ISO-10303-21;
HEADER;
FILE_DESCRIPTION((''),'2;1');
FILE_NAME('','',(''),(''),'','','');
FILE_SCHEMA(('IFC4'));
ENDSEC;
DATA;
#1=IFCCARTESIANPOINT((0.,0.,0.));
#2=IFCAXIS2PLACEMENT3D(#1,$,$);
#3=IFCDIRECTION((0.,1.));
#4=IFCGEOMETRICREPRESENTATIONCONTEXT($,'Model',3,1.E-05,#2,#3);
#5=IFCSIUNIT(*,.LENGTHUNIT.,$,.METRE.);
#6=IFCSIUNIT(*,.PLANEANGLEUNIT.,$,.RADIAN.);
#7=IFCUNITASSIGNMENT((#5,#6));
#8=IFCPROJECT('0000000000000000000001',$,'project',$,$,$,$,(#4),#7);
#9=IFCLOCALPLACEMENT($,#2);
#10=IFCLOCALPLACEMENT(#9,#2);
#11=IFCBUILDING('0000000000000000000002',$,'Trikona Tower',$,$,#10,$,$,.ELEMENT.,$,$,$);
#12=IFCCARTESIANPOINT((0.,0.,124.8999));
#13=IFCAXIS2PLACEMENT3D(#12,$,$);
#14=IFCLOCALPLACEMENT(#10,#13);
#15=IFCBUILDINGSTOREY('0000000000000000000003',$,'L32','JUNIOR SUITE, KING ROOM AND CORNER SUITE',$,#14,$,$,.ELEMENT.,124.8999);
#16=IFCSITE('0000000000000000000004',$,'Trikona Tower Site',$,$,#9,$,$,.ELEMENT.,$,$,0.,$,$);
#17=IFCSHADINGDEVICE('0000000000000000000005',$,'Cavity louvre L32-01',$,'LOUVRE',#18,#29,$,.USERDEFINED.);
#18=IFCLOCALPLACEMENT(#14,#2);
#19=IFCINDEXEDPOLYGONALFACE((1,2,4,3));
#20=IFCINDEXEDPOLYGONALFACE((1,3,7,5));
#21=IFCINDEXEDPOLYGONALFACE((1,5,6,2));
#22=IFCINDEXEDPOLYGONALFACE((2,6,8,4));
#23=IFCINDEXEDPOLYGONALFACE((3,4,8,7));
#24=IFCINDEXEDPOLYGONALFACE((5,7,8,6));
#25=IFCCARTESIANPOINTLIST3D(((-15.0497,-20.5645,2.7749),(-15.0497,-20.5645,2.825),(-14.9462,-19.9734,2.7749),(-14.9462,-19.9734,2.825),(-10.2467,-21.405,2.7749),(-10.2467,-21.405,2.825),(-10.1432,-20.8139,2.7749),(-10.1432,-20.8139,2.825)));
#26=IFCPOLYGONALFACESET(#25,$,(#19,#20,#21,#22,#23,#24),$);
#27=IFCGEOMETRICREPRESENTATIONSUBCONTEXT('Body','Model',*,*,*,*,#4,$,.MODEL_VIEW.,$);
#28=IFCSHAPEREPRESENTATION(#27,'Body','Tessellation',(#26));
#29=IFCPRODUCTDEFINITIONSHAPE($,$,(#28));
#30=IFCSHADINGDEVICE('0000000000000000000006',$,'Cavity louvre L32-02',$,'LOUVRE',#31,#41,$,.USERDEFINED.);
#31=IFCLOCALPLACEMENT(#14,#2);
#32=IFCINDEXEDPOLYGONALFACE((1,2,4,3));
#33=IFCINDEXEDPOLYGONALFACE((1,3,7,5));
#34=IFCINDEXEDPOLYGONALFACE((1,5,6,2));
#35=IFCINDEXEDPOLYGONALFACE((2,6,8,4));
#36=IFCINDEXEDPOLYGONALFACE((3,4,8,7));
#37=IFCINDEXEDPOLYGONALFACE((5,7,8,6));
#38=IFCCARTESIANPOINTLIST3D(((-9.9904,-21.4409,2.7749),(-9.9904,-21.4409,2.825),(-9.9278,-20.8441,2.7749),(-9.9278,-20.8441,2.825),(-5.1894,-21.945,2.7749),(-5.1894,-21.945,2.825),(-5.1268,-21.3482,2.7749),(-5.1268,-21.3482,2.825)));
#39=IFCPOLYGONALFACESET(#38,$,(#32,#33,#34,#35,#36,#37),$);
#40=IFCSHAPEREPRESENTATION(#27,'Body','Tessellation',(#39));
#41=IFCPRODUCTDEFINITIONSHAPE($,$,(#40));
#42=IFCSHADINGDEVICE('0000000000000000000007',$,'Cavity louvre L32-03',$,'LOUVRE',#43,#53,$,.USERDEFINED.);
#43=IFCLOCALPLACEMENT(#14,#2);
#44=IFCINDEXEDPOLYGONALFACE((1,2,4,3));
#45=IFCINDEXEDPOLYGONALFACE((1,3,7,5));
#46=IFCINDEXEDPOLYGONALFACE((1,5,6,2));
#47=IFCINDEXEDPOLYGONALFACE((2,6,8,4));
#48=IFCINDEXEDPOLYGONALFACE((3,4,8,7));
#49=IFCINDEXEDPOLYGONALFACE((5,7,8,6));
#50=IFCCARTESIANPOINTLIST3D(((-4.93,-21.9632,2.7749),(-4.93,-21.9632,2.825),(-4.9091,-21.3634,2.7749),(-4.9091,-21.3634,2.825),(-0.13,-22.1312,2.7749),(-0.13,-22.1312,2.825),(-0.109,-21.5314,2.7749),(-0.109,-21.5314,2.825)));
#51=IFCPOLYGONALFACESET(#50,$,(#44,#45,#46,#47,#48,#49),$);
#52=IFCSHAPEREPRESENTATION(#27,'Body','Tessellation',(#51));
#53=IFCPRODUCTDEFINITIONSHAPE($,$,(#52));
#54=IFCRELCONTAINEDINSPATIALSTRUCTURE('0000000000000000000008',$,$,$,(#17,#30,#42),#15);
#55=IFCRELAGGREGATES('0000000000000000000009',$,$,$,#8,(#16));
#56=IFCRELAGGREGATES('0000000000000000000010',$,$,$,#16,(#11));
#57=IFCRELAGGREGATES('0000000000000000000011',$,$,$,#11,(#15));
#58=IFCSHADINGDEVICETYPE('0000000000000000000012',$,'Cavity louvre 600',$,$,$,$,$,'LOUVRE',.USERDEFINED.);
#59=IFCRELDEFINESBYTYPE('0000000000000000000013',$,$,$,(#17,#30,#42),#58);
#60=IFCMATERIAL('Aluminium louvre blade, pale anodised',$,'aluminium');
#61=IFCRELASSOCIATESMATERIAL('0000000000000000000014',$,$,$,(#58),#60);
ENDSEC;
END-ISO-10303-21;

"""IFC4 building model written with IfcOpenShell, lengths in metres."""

from ifc_helpers import new_model, si_unit, direction, frame, origin, origin_2d, place, context, subcontext, project, spatial, rectangle, extrude, material, type_object, element, save


model = new_model("IFC4")

# Units and contexts
model_context = context("Model", 3, precision=1e-05, world=origin(), true_north=direction((0.0, 1.0)))
body_context = subcontext(model_context, "Body", "Model", "MODEL_VIEW")
ifc_project = project(units=[si_unit("LENGTHUNIT", "METRE"), si_unit("PLANEANGLEUNIT", "RADIAN")], contexts=[model_context])

# Site, building, storey
site_placement = place(None, origin())
site = spatial("IfcSite", under=ifc_project, at=site_placement, Name="Trikona Tower Site", CompositionType="ELEMENT", RefElevation=0.0)
building_placement = place(site_placement, origin())
building = spatial("IfcBuilding", under=site, at=building_placement, Name="Trikona Tower", CompositionType="ELEMENT")
storey_placement = place(building_placement, frame((0.0, 0.0, 124.8999)))
storey = spatial("IfcBuildingStorey", under=building, at=storey_placement, Name="L32", Description="JUNIOR SUITE, KING ROOM AND CORNER SUITE", CompositionType="ELEMENT", Elevation=124.8999)

# Shading devices
ifc_material_1 = material(Name="Aluminium louvre blade, pale anodised", Category="aluminium")
shading_device_type = type_object("IfcShadingDeviceType", Name="Cavity louvre 600", ElementType="LOUVRE", PredefinedType="USERDEFINED", material=ifc_material_1)
shading_device_1_placement = place(storey_placement, frame((-12.5964, -20.6892, 2.7749), z_axis=(0.0, 0.0, 1.0), x_axis=(0.985031, -0.17238, 0.0)))
element("IfcShadingDevice", 1, at=shading_device_1_placement, inside=storey, type_object=shading_device_type, Name="Cavity louvre L32-01", ObjectType="LOUVRE", PredefinedType="USERDEFINED", context=body_context, shape_type="SweptSolid", body=[
    extrude(rectangle(XDim=4.876, YDim=0.6001, at=origin_2d()), origin(), (0.0, 0.0, 1.0), 0.05),
])
shading_device_2_placement = place(storey_placement, frame((-7.5586, -21.3945, 2.7749), z_axis=(0.0, 0.0, 1.0), x_axis=(0.994533, -0.104426, 0.0)))
element("IfcShadingDevice", 2, at=shading_device_2_placement, inside=storey, type_object=shading_device_type, Name="Cavity louvre L32-02", ObjectType="LOUVRE", PredefinedType="USERDEFINED", context=body_context, shape_type="SweptSolid", body=[
    extrude(rectangle(XDim=4.8274, YDim=0.6001, at=origin_2d()), origin(), (0.0, 0.0, 1.0), 0.05),
])
shading_device_3_placement = place(storey_placement, frame((-2.5195, -21.7473, 2.7749), z_axis=(0.0, 0.0, 1.0), x_axis=(0.999388, -0.034978, 0.0)))
element("IfcShadingDevice", 3, at=shading_device_3_placement, inside=storey, type_object=shading_device_type, Name="Cavity louvre L32-03", ObjectType="LOUVRE", PredefinedType="USERDEFINED", context=body_context, shape_type="SweptSolid", body=[
    extrude(rectangle(XDim=4.803, YDim=0.6001, at=origin_2d()), origin(), (0.0, 0.0, 1.0), 0.05),
])

save(model, "model.ifc")
